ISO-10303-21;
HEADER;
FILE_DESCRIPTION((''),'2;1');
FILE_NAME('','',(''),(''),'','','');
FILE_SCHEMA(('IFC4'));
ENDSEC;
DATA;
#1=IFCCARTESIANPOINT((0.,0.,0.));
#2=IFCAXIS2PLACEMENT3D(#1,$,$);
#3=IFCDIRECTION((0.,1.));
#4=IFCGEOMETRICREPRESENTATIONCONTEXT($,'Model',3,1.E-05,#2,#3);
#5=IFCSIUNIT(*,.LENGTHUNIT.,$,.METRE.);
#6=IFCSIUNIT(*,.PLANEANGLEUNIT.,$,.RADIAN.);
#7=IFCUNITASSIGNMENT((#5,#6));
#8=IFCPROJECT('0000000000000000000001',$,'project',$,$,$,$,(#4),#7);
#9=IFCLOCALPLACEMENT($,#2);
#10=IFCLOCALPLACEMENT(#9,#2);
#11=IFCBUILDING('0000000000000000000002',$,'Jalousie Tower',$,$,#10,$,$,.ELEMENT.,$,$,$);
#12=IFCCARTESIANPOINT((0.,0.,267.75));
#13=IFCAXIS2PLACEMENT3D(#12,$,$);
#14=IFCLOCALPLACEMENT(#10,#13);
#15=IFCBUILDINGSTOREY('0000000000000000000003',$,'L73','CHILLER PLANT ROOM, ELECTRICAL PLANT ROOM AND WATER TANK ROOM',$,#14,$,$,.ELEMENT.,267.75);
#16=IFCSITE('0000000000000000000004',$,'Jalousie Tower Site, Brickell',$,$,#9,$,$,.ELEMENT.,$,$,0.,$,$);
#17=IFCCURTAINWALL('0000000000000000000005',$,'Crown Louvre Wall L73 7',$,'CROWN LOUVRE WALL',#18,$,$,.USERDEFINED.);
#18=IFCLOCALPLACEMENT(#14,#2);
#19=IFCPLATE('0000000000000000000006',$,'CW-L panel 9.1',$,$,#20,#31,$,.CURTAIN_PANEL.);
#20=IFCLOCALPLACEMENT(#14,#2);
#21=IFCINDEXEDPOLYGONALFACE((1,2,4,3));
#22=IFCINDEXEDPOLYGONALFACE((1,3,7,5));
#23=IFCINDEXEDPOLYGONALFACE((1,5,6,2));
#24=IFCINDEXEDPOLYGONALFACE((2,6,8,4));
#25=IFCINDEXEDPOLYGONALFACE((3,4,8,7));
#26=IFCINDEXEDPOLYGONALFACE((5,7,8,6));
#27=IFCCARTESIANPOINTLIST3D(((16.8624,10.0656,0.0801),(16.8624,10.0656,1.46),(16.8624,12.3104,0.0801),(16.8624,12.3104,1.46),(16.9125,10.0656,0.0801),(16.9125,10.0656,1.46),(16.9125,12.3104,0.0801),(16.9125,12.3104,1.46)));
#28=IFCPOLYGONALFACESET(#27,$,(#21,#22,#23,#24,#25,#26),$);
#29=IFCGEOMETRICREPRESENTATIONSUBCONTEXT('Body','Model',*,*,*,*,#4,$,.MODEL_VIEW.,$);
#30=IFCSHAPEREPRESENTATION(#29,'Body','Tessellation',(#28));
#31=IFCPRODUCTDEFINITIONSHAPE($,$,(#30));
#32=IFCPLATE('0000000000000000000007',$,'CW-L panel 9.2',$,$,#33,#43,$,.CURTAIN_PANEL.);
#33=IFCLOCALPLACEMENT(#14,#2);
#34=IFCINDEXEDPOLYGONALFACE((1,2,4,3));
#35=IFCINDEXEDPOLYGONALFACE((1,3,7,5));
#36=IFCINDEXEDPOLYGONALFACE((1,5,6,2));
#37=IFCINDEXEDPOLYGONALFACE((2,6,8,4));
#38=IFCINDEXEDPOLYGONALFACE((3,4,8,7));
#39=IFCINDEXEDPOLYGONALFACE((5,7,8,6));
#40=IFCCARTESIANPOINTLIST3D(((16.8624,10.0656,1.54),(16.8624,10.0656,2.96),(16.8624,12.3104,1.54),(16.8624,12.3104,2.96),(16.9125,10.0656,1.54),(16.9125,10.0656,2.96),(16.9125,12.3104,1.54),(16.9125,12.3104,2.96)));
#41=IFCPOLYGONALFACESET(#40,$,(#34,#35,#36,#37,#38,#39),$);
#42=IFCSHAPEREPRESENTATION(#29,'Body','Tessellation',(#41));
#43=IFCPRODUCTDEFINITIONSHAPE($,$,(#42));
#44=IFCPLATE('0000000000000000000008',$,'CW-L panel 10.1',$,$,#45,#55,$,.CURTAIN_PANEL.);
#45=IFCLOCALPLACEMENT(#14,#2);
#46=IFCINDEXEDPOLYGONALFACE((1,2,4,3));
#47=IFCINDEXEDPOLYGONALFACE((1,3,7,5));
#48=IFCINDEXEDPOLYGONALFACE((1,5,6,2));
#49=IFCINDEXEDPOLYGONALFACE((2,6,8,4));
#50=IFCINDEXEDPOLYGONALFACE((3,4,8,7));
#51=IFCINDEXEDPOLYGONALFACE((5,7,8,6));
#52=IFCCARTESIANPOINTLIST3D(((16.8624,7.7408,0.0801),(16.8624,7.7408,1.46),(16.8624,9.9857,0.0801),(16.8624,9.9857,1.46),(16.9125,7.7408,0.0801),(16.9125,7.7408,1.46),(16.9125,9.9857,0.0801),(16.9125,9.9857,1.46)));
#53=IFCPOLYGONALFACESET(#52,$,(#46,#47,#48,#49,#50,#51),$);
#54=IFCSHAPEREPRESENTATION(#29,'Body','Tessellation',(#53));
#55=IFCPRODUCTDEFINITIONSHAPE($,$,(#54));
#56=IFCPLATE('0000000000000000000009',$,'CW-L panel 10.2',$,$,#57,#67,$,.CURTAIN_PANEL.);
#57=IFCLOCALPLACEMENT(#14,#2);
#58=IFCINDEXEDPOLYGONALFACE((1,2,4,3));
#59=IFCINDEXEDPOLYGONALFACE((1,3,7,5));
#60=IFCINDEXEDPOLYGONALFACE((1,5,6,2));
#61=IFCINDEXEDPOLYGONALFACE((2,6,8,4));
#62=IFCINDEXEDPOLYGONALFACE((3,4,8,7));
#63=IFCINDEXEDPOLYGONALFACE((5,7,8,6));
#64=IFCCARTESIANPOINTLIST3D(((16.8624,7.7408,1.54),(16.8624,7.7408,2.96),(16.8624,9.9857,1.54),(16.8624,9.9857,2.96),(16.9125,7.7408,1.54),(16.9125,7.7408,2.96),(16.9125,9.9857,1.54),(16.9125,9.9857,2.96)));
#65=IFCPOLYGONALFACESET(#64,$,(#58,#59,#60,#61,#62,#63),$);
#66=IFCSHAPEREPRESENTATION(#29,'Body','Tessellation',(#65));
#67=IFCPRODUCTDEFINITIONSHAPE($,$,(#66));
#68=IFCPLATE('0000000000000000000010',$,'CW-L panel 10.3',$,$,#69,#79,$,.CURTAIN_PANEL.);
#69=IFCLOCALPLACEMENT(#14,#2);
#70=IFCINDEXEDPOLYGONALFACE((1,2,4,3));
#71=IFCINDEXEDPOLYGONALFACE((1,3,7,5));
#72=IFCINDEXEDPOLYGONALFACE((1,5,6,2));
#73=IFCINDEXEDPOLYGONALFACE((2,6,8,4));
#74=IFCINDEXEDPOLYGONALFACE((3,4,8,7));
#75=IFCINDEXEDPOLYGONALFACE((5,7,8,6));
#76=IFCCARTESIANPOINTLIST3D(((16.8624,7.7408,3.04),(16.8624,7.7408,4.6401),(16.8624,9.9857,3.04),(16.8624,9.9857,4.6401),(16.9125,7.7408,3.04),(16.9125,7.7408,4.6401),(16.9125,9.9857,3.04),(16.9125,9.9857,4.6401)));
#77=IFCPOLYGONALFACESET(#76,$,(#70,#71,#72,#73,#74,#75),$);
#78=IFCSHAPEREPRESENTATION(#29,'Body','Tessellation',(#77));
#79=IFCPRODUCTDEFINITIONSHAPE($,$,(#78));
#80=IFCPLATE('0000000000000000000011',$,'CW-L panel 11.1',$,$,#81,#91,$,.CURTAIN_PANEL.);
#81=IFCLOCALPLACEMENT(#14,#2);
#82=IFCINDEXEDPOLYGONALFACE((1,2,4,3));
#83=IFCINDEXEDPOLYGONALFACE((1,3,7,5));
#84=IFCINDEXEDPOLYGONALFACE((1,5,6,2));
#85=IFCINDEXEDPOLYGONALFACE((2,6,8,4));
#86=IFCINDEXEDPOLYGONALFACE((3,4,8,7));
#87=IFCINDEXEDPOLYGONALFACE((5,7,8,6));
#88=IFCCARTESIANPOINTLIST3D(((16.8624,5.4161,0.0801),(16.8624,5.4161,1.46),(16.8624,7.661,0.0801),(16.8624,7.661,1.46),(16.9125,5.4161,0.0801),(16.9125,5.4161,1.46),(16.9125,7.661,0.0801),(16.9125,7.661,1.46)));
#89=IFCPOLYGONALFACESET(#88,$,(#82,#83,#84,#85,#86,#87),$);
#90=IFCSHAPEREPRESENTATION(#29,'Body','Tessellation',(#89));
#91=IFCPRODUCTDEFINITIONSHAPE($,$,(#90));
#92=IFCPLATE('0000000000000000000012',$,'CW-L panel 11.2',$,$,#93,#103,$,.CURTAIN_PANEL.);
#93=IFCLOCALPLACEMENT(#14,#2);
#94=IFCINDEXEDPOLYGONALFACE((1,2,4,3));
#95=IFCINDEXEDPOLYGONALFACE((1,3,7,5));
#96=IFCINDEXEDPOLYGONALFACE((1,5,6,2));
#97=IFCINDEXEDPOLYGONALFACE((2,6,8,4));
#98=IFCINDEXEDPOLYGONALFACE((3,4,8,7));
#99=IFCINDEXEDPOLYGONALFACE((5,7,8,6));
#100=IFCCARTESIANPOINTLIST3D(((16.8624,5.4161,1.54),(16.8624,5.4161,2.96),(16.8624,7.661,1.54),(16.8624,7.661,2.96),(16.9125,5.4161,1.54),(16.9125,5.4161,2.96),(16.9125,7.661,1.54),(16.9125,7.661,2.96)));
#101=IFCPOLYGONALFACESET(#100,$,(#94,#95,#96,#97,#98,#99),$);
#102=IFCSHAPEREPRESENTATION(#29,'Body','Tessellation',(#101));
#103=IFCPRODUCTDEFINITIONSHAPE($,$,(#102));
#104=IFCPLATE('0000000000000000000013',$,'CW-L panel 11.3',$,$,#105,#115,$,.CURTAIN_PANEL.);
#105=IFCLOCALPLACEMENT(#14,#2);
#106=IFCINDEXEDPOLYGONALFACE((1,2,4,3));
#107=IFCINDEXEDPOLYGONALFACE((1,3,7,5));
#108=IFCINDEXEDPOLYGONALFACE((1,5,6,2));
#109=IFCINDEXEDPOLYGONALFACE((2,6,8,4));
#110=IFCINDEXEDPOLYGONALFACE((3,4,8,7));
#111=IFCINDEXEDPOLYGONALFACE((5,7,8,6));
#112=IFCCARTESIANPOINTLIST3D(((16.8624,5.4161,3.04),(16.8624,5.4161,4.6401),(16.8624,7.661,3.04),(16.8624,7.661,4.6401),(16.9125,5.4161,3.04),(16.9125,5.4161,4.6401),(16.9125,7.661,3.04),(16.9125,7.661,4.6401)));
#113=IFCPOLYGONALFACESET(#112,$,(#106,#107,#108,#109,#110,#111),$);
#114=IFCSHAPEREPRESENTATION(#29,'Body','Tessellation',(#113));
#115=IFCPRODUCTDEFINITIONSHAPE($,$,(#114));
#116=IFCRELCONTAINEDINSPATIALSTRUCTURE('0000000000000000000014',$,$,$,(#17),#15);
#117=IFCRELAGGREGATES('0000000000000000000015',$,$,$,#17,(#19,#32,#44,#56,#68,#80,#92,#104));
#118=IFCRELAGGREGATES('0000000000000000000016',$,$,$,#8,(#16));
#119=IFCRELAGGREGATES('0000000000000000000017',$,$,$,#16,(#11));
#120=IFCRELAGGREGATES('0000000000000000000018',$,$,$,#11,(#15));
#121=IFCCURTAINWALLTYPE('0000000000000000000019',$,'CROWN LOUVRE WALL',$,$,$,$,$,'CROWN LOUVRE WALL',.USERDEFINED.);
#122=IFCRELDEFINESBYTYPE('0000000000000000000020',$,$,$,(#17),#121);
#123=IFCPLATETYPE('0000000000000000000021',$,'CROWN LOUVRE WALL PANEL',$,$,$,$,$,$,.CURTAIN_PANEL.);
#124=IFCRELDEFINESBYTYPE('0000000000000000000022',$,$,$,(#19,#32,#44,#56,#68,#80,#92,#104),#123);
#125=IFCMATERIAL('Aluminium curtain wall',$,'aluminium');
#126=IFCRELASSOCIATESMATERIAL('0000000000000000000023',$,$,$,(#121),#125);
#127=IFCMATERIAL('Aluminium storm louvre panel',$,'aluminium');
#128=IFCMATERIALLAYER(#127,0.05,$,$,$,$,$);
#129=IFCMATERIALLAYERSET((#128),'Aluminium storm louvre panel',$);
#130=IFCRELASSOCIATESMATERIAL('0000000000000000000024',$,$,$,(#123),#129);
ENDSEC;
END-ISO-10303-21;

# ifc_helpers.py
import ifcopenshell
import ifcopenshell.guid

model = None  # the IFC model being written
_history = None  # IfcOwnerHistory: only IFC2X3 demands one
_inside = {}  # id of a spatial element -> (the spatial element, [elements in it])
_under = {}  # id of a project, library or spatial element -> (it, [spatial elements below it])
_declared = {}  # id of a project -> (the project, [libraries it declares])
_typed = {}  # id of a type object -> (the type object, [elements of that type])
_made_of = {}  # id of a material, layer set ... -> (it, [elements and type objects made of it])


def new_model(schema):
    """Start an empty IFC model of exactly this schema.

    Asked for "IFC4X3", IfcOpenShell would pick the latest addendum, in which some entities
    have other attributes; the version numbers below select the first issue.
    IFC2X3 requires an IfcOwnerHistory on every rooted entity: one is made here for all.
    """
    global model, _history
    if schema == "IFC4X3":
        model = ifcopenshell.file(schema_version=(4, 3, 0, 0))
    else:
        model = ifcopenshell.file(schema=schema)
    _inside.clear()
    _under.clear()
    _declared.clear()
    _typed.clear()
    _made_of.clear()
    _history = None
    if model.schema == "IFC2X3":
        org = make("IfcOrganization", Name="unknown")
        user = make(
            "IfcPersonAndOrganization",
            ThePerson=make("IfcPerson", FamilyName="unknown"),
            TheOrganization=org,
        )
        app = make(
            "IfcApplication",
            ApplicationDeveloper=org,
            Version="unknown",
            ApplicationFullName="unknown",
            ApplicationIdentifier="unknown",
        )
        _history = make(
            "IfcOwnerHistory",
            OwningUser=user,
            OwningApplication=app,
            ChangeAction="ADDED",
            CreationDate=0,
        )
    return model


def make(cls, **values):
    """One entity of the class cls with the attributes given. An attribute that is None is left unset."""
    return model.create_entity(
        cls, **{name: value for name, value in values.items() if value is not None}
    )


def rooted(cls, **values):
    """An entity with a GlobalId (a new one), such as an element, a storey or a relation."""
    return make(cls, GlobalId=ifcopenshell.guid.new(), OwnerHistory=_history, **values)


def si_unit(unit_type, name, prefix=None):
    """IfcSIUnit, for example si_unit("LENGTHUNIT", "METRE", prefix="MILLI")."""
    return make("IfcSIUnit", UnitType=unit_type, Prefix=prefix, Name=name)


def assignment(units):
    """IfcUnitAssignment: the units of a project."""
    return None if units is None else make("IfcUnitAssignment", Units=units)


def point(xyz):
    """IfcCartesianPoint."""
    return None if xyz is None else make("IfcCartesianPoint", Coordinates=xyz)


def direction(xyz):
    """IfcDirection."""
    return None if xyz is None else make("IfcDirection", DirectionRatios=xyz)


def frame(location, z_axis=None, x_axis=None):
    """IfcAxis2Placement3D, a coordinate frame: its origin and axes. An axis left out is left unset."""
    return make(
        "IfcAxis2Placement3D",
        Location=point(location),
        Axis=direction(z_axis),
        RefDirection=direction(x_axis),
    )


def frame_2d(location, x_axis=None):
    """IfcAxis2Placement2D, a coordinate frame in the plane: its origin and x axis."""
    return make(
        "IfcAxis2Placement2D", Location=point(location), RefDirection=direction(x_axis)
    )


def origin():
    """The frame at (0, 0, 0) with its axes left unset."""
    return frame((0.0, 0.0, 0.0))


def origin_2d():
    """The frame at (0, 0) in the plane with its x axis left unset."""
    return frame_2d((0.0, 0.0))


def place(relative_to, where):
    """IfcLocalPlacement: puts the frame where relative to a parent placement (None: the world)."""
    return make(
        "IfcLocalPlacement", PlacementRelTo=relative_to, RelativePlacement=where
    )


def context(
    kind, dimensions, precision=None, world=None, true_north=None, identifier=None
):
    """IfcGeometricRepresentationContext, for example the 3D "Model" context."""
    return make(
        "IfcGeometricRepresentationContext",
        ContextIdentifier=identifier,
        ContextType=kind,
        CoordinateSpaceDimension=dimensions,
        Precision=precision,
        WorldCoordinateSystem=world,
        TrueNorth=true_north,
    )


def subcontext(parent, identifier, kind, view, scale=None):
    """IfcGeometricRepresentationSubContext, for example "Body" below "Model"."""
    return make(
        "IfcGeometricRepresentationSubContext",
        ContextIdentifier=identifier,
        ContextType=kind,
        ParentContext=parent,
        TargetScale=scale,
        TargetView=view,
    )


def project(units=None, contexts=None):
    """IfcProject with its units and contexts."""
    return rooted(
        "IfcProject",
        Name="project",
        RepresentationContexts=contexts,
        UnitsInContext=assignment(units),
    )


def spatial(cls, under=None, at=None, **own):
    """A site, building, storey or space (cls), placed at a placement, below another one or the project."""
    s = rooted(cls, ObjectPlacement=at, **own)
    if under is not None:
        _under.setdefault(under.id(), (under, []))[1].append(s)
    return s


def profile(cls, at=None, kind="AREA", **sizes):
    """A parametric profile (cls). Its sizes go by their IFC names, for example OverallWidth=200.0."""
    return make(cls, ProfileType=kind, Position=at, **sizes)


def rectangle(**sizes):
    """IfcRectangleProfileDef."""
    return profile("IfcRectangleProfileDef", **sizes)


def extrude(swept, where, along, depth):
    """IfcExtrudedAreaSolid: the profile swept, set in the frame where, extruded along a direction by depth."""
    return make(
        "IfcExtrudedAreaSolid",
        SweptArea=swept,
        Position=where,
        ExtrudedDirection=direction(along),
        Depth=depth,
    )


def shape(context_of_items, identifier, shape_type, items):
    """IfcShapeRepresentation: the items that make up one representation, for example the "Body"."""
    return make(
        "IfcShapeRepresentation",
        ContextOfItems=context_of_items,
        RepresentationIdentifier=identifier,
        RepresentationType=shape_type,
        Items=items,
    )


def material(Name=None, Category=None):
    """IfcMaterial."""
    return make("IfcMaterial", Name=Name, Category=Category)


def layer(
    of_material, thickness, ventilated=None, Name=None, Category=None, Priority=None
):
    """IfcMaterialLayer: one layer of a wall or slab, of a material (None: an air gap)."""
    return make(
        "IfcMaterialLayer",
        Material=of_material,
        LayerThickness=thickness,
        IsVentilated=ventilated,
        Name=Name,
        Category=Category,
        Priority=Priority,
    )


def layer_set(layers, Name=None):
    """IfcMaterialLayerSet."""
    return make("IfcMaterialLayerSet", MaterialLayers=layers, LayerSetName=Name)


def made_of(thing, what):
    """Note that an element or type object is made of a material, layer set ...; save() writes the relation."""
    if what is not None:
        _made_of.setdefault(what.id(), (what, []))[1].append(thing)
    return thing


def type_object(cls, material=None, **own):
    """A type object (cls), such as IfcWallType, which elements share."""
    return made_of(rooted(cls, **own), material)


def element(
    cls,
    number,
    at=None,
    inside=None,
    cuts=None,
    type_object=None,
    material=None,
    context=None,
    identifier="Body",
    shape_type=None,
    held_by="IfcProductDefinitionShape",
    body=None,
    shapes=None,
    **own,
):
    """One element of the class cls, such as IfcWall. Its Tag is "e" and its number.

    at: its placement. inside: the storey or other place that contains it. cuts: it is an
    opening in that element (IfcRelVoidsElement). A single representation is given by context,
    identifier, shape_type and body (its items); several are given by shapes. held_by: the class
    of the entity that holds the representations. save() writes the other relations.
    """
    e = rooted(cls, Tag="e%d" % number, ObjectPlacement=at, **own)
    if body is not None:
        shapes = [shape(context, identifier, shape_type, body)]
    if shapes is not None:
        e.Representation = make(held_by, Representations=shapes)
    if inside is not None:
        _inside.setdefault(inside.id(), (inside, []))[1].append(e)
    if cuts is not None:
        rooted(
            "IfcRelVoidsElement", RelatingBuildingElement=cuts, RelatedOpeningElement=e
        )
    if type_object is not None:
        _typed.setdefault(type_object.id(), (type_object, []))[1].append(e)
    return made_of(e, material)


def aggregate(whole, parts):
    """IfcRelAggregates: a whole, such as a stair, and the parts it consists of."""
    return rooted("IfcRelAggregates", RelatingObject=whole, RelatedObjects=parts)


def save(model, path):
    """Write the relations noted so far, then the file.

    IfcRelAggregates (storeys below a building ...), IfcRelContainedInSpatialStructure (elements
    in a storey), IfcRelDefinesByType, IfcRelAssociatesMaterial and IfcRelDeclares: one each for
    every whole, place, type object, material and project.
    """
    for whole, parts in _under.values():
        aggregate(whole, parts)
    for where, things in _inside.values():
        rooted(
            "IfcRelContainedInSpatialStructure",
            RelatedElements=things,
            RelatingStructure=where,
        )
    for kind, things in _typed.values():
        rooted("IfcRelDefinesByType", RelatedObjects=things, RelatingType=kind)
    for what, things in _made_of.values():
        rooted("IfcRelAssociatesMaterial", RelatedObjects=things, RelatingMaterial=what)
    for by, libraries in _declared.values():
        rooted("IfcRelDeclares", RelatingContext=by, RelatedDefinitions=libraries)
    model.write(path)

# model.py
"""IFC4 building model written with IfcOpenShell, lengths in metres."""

from ifc_helpers import new_model, si_unit, direction, frame, origin, origin_2d, place, context, subcontext, project, spatial, rectangle, extrude, material, layer, layer_set, type_object, element, aggregate, save


model = new_model("IFC4")

# Units and contexts
model_context = context("Model", 3, precision=1e-05, world=origin(), true_north=direction((0.0, 1.0)))
body_context = subcontext(model_context, "Body", "Model", "MODEL_VIEW")
ifc_project = project(units=[si_unit("LENGTHUNIT", "METRE"), si_unit("PLANEANGLEUNIT", "RADIAN")], contexts=[model_context])

# Site, building, storey
site_placement = place(None, origin())
site = spatial("IfcSite", under=ifc_project, at=site_placement, Name="Jalousie Tower Site, Brickell", CompositionType="ELEMENT", RefElevation=0.0)
building_placement = place(site_placement, origin())
building = spatial("IfcBuilding", under=site, at=building_placement, Name="Jalousie Tower", CompositionType="ELEMENT")
storey_placement = place(building_placement, frame((0.0, 0.0, 267.75)))
storey = spatial("IfcBuildingStorey", under=building, at=storey_placement, Name="L73", Description="CHILLER PLANT ROOM, ELECTRICAL PLANT ROOM AND WATER TANK ROOM", CompositionType="ELEMENT", Elevation=267.75)

# Curtain wall, plates
ifc_material_1 = material(Name="Aluminium curtain wall", Category="aluminium")
curtain_wall_type = type_object("IfcCurtainWallType", Name="CROWN LOUVRE WALL", ElementType="CROWN LOUVRE WALL", PredefinedType="USERDEFINED", material=ifc_material_1)
curtain_wall_placement = place(storey_placement, origin())
curtain_wall = element("IfcCurtainWall", 1, at=curtain_wall_placement, inside=storey, type_object=curtain_wall_type, Name="Crown Louvre Wall L73 7", ObjectType="CROWN LOUVRE WALL", PredefinedType="USERDEFINED")
ifc_material_2 = material(Name="Aluminium storm louvre panel", Category="aluminium")
ifc_layer = layer(ifc_material_2, 0.05)
ifc_layer_set = layer_set([ifc_layer], Name="Aluminium storm louvre panel")
plate_type = type_object("IfcPlateType", Name="CROWN LOUVRE WALL PANEL", PredefinedType="CURTAIN_PANEL", material=ifc_layer_set)
plate_1_placement = place(storey_placement, frame((16.8875, 11.188, 0.0801), z_axis=(0.0, 0.0, 1.0), x_axis=(0.0, -1.0, 0.0)))
plate_1 = element("IfcPlate", 2, at=plate_1_placement, type_object=plate_type, Name="CW-L panel 9.1", PredefinedType="CURTAIN_PANEL", context=body_context, shape_type="SweptSolid", body=[
    extrude(rectangle(XDim=2.2449, YDim=0.05, at=origin_2d()), origin(), (0.0, 0.0, 1.0), 1.3799),
])
plate_2_placement = place(storey_placement, frame((16.8875, 11.188, 1.54), z_axis=(0.0, 0.0, 1.0), x_axis=(0.0, -1.0, 0.0)))
plate_2 = element("IfcPlate", 3, at=plate_2_placement, type_object=plate_type, Name="CW-L panel 9.2", PredefinedType="CURTAIN_PANEL", context=body_context, shape_type="SweptSolid", body=[
    extrude(rectangle(XDim=2.2449, YDim=0.05, at=origin_2d()), origin(), (0.0, 0.0, 1.0), 1.4199),
])
plate_3_placement = place(storey_placement, frame((16.8875, 8.8633, 0.0801), z_axis=(0.0, 0.0, 1.0), x_axis=(0.0, -1.0, 0.0)))
plate_3 = element("IfcPlate", 4, at=plate_3_placement, type_object=plate_type, Name="CW-L panel 10.1", PredefinedType="CURTAIN_PANEL", context=body_context, shape_type="SweptSolid", body=[
    extrude(rectangle(XDim=2.2449, YDim=0.05, at=origin_2d()), origin(), (0.0, 0.0, 1.0), 1.3799),
])
plate_4_placement = place(storey_placement, frame((16.8875, 8.8633, 1.54), z_axis=(0.0, 0.0, 1.0), x_axis=(0.0, -1.0, 0.0)))
plate_4 = element("IfcPlate", 5, at=plate_4_placement, type_object=plate_type, Name="CW-L panel 10.2", PredefinedType="CURTAIN_PANEL", context=body_context, shape_type="SweptSolid", body=[
    extrude(rectangle(XDim=2.2449, YDim=0.05, at=origin_2d()), origin(), (0.0, 0.0, 1.0), 1.4199),
])
plate_5_placement = place(storey_placement, frame((16.8875, 8.8633, 3.04), z_axis=(0.0, 0.0, 1.0), x_axis=(0.0, -1.0, 0.0)))
plate_5 = element("IfcPlate", 6, at=plate_5_placement, type_object=plate_type, Name="CW-L panel 10.3", PredefinedType="CURTAIN_PANEL", context=body_context, shape_type="SweptSolid", body=[
    extrude(rectangle(XDim=2.2449, YDim=0.05, at=origin_2d()), origin(), (0.0, 0.0, 1.0), 1.6001),
])
plate_6_placement = place(storey_placement, frame((16.8875, 6.5386, 0.0801), z_axis=(0.0, 0.0, 1.0), x_axis=(0.0, -1.0, 0.0)))
plate_6 = element("IfcPlate", 7, at=plate_6_placement, type_object=plate_type, Name="CW-L panel 11.1", PredefinedType="CURTAIN_PANEL", context=body_context, shape_type="SweptSolid", body=[
    extrude(rectangle(XDim=2.2449, YDim=0.05, at=origin_2d()), origin(), (0.0, 0.0, 1.0), 1.3799),
])
plate_7_placement = place(storey_placement, frame((16.8875, 6.5386, 1.54), z_axis=(0.0, 0.0, 1.0), x_axis=(0.0, -1.0, 0.0)))
plate_7 = element("IfcPlate", 8, at=plate_7_placement, type_object=plate_type, Name="CW-L panel 11.2", PredefinedType="CURTAIN_PANEL", context=body_context, shape_type="SweptSolid", body=[
    extrude(rectangle(XDim=2.2449, YDim=0.05, at=origin_2d()), origin(), (0.0, 0.0, 1.0), 1.4199),
])
plate_8_placement = place(storey_placement, frame((16.8875, 6.5386, 3.04), z_axis=(0.0, 0.0, 1.0), x_axis=(0.0, -1.0, 0.0)))
plate_8 = element("IfcPlate", 9, at=plate_8_placement, type_object=plate_type, Name="CW-L panel 11.3", PredefinedType="CURTAIN_PANEL", context=body_context, shape_type="SweptSolid", body=[
    extrude(rectangle(XDim=2.2449, YDim=0.05, at=origin_2d()), origin(), (0.0, 0.0, 1.0), 1.6001),
])
aggregate(curtain_wall, [plate_1, plate_2, plate_3, plate_4, plate_5, plate_6, plate_7, plate_8])

save(model, "model.ifc")
